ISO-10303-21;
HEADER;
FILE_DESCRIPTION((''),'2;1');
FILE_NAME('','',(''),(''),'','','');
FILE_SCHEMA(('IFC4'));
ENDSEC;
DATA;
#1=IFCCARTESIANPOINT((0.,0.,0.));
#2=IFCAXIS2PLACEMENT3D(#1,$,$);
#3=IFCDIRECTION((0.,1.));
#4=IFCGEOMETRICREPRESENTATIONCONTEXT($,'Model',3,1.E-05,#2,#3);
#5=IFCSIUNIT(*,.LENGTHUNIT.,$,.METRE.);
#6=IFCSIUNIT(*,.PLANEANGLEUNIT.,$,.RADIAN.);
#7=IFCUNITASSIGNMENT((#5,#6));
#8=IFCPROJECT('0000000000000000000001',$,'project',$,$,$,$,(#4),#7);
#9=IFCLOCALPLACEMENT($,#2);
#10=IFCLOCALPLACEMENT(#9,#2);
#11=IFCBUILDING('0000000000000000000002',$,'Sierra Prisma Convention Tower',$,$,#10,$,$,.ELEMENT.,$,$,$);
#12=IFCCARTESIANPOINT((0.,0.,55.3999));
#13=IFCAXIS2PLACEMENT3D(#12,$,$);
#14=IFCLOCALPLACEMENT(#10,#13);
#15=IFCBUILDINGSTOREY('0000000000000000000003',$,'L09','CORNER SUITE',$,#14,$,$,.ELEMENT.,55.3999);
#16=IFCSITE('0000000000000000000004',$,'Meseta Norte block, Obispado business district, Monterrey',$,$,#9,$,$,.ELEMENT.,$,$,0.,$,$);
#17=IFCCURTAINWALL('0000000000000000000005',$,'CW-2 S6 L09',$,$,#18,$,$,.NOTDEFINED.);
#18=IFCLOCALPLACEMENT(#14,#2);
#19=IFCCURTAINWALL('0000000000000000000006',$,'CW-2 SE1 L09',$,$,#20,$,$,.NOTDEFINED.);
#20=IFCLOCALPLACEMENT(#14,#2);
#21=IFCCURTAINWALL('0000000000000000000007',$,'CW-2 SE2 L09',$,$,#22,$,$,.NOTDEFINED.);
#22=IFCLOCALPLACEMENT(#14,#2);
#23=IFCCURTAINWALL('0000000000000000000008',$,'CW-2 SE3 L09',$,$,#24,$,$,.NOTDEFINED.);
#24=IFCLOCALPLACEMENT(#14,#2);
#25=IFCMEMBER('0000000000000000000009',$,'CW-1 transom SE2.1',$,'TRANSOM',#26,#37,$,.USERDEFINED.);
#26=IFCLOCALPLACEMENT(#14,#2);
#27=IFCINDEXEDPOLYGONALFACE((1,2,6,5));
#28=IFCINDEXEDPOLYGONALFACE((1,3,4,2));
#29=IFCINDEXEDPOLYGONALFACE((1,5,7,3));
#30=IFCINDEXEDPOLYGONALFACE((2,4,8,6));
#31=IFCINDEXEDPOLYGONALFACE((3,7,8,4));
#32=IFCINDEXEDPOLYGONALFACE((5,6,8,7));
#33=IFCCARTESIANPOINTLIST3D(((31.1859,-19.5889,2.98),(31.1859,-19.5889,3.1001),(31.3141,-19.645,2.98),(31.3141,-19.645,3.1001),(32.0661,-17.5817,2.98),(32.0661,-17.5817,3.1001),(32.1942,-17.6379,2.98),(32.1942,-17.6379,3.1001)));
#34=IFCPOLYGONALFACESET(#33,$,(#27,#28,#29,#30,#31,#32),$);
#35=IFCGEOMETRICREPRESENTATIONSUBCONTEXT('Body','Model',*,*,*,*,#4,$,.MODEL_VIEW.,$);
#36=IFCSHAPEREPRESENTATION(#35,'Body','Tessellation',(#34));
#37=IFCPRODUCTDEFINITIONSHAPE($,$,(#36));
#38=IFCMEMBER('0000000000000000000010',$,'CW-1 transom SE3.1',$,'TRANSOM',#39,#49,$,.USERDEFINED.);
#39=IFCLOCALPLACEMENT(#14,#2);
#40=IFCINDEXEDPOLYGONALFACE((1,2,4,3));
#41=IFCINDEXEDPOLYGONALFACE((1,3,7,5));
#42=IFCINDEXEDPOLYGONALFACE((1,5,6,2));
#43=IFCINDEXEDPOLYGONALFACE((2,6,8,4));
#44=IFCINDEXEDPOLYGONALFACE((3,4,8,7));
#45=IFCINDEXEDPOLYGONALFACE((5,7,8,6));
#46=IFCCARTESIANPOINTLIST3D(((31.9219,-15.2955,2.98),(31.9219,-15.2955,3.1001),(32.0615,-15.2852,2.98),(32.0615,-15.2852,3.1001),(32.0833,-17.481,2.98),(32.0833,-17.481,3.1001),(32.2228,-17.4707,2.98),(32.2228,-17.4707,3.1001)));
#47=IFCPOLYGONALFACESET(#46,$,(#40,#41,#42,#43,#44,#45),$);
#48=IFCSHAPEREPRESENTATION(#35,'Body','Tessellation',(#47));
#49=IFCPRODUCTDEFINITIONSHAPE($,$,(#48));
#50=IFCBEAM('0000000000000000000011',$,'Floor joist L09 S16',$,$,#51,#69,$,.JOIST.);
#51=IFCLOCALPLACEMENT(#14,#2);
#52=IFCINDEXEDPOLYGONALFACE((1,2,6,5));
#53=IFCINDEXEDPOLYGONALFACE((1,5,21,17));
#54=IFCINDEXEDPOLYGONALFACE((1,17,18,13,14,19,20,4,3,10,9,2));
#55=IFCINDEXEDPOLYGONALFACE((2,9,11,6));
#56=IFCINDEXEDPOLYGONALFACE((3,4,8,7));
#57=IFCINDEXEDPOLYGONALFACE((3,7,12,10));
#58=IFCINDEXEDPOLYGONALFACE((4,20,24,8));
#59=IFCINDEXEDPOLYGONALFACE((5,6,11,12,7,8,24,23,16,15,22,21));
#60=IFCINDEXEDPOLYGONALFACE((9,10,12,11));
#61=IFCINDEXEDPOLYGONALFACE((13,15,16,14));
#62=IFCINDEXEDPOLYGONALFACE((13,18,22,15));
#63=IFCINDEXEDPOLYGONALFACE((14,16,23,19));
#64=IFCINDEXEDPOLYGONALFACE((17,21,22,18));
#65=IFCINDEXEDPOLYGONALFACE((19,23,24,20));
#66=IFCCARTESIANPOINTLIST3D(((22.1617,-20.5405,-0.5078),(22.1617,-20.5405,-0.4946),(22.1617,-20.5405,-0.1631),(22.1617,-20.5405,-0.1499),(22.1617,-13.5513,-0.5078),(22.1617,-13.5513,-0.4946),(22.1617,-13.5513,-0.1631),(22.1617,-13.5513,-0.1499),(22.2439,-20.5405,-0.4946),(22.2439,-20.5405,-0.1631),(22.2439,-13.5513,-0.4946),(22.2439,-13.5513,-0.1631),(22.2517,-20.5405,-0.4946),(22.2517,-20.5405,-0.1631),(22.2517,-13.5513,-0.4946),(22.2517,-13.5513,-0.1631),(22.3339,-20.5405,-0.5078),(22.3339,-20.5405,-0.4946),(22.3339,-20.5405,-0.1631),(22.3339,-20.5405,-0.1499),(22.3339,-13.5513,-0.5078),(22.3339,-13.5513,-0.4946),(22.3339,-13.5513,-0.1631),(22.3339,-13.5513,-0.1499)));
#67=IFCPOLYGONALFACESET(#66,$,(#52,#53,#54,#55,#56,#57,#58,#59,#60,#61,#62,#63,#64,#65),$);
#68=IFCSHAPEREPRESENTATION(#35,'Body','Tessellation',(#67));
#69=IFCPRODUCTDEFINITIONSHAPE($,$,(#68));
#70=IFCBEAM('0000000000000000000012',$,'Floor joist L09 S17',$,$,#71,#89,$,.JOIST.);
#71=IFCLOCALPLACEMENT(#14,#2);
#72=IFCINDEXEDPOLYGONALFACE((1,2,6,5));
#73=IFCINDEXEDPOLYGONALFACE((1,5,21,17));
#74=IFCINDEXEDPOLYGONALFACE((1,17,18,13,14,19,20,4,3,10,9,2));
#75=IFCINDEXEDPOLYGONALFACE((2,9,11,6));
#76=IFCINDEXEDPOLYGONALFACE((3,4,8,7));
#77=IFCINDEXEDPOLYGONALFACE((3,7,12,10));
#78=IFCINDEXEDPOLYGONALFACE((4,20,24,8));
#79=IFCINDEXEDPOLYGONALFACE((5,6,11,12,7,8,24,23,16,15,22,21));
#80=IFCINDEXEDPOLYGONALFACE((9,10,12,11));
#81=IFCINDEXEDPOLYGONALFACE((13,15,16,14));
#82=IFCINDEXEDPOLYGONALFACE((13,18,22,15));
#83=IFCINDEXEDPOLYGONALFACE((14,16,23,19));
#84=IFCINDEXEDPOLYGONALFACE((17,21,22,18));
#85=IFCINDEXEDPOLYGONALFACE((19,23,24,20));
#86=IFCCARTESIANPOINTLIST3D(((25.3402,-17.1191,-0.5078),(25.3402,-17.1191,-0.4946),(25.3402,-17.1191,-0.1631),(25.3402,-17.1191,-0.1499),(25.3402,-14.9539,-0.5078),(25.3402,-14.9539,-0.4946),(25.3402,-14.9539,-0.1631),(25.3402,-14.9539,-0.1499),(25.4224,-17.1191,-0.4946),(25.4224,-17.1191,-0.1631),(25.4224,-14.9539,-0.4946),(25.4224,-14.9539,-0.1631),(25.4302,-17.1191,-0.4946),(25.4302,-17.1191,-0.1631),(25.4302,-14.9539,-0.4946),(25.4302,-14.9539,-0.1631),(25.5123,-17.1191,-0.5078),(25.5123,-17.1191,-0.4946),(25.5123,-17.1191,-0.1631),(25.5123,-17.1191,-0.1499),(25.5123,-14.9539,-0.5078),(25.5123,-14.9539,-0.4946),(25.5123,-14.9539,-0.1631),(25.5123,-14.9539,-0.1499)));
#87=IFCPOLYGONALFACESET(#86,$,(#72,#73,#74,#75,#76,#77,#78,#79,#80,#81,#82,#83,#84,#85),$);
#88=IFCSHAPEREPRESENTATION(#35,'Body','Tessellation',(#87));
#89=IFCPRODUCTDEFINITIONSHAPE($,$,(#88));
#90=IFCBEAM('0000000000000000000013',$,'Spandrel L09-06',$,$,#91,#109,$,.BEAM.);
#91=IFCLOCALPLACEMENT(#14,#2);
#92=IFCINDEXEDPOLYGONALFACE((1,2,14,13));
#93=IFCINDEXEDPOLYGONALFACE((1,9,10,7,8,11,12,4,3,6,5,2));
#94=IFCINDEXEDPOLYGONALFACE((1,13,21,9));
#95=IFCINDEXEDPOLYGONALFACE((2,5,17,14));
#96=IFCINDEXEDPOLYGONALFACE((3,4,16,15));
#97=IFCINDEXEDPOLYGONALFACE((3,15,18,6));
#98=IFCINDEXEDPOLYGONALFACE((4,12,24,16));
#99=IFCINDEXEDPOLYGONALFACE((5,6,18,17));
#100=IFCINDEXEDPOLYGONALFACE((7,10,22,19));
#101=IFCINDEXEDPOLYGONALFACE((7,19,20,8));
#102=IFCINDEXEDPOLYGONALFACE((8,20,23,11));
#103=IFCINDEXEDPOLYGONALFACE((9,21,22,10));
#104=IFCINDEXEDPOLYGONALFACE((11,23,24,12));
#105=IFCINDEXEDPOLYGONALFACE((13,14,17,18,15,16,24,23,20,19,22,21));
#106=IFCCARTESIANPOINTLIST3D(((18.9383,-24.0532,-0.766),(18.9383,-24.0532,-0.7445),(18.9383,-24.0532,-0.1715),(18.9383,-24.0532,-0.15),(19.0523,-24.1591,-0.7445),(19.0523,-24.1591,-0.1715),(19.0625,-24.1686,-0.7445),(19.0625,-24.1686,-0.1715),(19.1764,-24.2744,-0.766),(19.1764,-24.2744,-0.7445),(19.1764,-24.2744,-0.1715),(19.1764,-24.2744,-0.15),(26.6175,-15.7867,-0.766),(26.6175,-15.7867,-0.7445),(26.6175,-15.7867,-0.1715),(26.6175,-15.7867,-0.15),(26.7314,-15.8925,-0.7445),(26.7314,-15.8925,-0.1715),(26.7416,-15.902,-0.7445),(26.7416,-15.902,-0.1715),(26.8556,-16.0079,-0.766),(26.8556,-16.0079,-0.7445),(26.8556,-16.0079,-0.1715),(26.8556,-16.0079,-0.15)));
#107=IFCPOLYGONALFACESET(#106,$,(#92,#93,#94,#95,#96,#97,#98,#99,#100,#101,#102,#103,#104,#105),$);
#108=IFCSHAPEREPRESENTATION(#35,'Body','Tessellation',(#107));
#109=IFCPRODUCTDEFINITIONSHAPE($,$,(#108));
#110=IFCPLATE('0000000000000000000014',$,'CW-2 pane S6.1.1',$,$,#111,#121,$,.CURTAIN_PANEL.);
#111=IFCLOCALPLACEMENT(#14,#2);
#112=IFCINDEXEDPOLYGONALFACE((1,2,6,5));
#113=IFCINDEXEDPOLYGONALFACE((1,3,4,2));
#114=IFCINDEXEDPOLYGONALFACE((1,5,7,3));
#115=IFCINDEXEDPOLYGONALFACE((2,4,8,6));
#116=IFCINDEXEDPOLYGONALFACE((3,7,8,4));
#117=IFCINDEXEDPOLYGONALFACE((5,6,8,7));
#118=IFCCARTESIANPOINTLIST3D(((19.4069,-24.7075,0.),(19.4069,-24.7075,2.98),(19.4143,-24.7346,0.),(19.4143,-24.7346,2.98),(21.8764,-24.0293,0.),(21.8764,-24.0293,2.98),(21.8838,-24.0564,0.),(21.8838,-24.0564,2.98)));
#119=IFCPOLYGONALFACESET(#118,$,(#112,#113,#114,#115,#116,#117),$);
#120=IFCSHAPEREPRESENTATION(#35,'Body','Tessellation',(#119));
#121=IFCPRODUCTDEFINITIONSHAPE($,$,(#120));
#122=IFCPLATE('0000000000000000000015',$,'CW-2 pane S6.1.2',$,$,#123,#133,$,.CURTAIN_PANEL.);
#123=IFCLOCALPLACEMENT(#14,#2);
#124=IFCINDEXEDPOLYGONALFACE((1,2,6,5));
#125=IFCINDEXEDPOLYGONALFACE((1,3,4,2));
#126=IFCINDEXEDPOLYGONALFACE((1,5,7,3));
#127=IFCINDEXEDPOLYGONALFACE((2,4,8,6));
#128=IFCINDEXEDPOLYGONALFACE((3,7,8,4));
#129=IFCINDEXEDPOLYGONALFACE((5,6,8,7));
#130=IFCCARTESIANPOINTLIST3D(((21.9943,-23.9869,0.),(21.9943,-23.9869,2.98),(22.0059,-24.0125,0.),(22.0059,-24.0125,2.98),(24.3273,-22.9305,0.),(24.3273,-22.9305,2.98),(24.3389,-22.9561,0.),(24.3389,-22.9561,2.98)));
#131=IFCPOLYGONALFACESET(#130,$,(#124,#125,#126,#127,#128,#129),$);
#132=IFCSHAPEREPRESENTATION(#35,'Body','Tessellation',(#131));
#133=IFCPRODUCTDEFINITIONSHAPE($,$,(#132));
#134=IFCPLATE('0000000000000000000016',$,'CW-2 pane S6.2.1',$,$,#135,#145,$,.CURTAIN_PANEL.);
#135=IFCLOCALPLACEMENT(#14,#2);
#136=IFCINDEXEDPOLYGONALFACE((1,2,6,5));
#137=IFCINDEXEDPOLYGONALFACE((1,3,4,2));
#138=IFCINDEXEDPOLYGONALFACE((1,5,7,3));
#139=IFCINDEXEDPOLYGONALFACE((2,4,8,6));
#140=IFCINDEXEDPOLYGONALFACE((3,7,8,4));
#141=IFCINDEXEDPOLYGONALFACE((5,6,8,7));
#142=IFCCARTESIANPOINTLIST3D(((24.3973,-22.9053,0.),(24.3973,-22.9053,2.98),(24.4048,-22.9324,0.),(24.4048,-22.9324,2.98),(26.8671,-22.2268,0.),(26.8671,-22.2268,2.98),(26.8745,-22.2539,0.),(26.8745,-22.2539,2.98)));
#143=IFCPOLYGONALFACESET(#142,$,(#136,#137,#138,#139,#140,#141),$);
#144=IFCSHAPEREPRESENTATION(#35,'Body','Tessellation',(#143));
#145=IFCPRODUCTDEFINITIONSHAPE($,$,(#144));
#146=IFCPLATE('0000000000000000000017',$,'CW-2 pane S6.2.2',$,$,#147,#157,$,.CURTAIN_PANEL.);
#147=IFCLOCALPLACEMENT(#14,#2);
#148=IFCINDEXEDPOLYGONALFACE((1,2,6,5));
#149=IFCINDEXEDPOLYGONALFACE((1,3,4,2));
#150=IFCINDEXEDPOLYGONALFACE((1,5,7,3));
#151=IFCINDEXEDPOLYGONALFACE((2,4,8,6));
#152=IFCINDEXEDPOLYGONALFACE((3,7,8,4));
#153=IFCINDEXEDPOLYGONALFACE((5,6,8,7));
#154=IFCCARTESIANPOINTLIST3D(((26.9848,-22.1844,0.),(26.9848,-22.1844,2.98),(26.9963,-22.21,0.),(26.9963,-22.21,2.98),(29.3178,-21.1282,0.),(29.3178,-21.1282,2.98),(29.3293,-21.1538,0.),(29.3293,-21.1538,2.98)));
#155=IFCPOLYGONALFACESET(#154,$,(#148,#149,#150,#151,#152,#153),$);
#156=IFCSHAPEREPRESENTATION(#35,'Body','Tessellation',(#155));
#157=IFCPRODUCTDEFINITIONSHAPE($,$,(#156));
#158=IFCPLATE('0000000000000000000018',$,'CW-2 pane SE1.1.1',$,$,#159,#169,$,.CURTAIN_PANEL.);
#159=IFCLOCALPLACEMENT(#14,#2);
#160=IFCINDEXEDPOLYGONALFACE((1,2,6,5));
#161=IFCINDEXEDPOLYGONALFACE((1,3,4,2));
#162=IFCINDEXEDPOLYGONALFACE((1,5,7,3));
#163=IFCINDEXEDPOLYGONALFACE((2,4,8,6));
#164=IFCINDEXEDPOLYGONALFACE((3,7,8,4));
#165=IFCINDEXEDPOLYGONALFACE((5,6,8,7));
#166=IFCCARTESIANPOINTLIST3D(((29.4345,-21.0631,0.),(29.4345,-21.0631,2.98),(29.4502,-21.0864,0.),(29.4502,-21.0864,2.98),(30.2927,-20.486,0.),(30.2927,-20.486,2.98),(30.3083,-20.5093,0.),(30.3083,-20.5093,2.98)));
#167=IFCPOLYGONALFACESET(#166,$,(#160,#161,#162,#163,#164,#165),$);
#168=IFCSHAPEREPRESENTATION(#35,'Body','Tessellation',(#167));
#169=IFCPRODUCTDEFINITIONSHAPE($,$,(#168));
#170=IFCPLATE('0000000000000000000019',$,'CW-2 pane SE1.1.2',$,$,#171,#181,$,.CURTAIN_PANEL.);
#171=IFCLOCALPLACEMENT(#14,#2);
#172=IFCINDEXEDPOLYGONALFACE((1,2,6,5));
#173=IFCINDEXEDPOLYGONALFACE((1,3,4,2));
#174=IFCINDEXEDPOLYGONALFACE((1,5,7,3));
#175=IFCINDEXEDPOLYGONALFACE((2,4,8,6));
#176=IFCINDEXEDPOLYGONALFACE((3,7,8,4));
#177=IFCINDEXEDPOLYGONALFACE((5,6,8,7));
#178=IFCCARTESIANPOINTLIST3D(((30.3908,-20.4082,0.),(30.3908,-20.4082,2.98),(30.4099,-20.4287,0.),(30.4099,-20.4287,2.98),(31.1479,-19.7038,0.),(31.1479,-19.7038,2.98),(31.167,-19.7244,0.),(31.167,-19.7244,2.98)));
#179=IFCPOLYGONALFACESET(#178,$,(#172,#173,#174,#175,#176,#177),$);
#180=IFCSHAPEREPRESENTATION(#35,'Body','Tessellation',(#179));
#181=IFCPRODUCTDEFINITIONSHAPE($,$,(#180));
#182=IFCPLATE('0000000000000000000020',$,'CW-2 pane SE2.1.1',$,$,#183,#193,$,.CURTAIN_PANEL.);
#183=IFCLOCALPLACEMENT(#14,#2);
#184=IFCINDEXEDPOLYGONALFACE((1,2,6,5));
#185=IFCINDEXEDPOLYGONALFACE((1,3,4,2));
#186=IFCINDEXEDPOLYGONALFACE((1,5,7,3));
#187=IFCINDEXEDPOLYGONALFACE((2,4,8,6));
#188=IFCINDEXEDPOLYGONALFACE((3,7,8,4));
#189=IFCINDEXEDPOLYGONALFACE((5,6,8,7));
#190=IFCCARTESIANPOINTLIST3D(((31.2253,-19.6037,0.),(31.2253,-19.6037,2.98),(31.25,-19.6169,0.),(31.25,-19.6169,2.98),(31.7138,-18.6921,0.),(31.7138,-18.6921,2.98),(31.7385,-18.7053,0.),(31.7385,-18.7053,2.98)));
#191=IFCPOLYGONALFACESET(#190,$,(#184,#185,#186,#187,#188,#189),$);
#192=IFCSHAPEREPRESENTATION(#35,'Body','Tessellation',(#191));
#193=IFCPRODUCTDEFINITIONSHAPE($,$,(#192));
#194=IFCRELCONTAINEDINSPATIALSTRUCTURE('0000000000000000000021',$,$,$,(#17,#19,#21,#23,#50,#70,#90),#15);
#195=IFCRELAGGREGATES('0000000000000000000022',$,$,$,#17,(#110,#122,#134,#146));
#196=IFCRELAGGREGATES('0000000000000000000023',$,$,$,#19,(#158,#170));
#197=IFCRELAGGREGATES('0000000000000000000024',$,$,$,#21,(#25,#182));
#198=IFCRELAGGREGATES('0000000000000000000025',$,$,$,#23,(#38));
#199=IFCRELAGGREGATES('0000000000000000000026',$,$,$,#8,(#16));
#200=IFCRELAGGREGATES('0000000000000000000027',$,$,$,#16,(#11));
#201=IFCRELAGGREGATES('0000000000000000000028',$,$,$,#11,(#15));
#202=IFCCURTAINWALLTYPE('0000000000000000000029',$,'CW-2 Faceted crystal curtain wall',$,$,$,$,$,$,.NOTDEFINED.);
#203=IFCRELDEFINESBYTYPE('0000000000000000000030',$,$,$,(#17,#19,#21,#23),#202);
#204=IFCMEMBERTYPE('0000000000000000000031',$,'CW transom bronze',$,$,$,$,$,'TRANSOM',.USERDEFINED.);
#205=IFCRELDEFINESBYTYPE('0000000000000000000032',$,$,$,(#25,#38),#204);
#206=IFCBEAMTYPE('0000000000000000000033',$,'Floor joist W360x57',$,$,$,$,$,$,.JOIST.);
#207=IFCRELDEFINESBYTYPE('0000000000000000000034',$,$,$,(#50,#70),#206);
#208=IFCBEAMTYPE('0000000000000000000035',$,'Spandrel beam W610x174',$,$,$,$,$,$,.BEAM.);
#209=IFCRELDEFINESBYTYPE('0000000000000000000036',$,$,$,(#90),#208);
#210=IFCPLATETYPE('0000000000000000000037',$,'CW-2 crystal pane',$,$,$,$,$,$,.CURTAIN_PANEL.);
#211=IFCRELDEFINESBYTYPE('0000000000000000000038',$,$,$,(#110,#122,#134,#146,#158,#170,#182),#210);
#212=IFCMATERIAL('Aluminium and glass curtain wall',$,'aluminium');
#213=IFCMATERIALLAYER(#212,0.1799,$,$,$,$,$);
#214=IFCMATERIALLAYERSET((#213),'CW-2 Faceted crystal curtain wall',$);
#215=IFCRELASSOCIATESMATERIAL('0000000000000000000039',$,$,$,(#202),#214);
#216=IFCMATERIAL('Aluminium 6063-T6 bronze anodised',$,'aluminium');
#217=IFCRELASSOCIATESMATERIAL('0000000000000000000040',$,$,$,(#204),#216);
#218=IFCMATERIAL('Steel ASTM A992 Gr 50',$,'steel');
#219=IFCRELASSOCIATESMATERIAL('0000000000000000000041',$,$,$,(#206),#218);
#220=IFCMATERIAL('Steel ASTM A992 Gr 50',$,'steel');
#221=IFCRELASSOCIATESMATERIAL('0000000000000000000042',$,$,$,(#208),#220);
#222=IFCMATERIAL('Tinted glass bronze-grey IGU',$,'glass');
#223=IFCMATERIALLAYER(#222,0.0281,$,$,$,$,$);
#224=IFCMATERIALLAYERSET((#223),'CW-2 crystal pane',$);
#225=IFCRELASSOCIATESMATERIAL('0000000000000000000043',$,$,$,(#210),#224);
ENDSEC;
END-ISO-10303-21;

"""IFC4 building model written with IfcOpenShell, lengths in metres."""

from ifc_helpers import new_model, si_unit, direction, frame, origin, origin_2d, place, context, subcontext, project, spatial, polyline, rectangle, i_section, outline, extrude, material, layer, layer_set, material_profile, profile_set, type_object, element, aggregate, save


model = new_model("IFC4")

# Units and contexts
model_context = context("Model", 3, precision=1e-05, world=origin(), true_north=direction((0.0, 1.0)))
body_context = subcontext(model_context, "Body", "Model", "MODEL_VIEW")
ifc_project = project(units=[si_unit("LENGTHUNIT", "METRE"), si_unit("PLANEANGLEUNIT", "RADIAN")], contexts=[model_context])

# Site, building, storey
site_placement = place(None, origin())
site = spatial("IfcSite", under=ifc_project, at=site_placement, Name="Meseta Norte block, Obispado business district, Monterrey", CompositionType="ELEMENT", RefElevation=0.0)
building_placement = place(site_placement, origin())
building = spatial("IfcBuilding", under=site, at=building_placement, Name="Sierra Prisma Convention Tower", CompositionType="ELEMENT")
storey_placement = place(building_placement, frame((0.0, 0.0, 55.3999)))
storey = spatial("IfcBuildingStorey", under=building, at=storey_placement, Name="L09", Description="CORNER SUITE", CompositionType="ELEMENT", Elevation=55.3999)

# Curtain wall
ifc_material_1 = material(Name="Aluminium and glass curtain wall", Category="aluminium")
ifc_layer_1 = layer(ifc_material_1, 0.1799)
ifc_layer_set_1 = layer_set([ifc_layer_1], Name="CW-2 Faceted crystal curtain wall")
curtain_wall_type = type_object("IfcCurtainWallType", Name="CW-2 Faceted crystal curtain wall", PredefinedType="NOTDEFINED", material=ifc_layer_set_1)
curtain_wall_1_placement = place(storey_placement, origin())
curtain_wall_1 = element("IfcCurtainWall", 1, at=curtain_wall_1_placement, inside=storey, type_object=curtain_wall_type, Name="CW-2 S6 L09", PredefinedType="NOTDEFINED")

# Curtain walls
curtain_wall_2_placement = place(storey_placement, origin())
curtain_wall_2 = element("IfcCurtainWall", 2, at=curtain_wall_2_placement, inside=storey, type_object=curtain_wall_type, Name="CW-2 SE1 L09", PredefinedType="NOTDEFINED")
curtain_wall_3_placement = place(storey_placement, origin())
curtain_wall_3 = element("IfcCurtainWall", 3, at=curtain_wall_3_placement, inside=storey, type_object=curtain_wall_type, Name="CW-2 SE2 L09", PredefinedType="NOTDEFINED")
curtain_wall_4_placement = place(storey_placement, origin())
curtain_wall_4 = element("IfcCurtainWall", 4, at=curtain_wall_4_placement, inside=storey, type_object=curtain_wall_type, Name="CW-2 SE3 L09", PredefinedType="NOTDEFINED")

# Members
ifc_material_2 = material(Name="Aluminium 6063-T6 bronze anodised", Category="aluminium")
ifc_material_profile_1 = material_profile(ifc_material_2, rectangle(XDim=0.1399, YDim=0.1201, at=origin_2d()), Name="ALU TRANSOM 120x140")
ifc_profile_set_1 = profile_set([ifc_material_profile_1], Name="Aluminium 6063-T6 bronze anodised")
member_type_1 = type_object("IfcMemberType", Name="CW transom bronze", ElementType="TRANSOM", PredefinedType="USERDEFINED", material=ifc_profile_set_1)
member_1_placement = place(storey_placement, frame((31.25, -19.6169, 3.04), z_axis=(0.401596, 0.915817, 0.0), x_axis=(-0.915817, 0.401596, 0.0)))
member_1 = element("IfcMember", 5, at=member_1_placement, type_object=member_type_1, Name="CW-1 transom SE2.1", ObjectType="TRANSOM", PredefinedType="USERDEFINED", context=body_context, shape_type="SweptSolid", body=[
    extrude(rectangle(XDim=0.1399, YDim=0.1201, at=origin_2d()), origin(), (0.0, 0.0, 1.0), 2.1917),
])
member_2_placement = place(storey_placement, frame((32.1531, -17.4758, 3.04), z_axis=(-0.073638, 0.997285, 0.0), x_axis=(-0.997285, -0.073638, 0.0)))
member_2 = element("IfcMember", 6, at=member_2_placement, type_object=member_type_1, Name="CW-1 transom SE3.1", ObjectType="TRANSOM", PredefinedType="USERDEFINED", context=body_context, shape_type="SweptSolid", body=[
    extrude(rectangle(XDim=0.1399, YDim=0.1201, at=origin_2d()), origin(), (0.0, 0.0, 1.0), 2.1914),
])

# Beams
ifc_material_3 = material(Name="Steel ASTM A992 Gr 50", Category="steel")
ifc_material_profile_2 = material_profile(ifc_material_3, i_section(OverallWidth=0.1721, OverallDepth=0.3579, WebThickness=0.0078, FlangeThickness=0.0132, at=origin_2d()), Name="W360x57")
ifc_profile_set_2 = profile_set([ifc_material_profile_2], Name="Steel ASTM A992 Gr 50")
beam_type_1 = type_object("IfcBeamType", Name="Floor joist W360x57", PredefinedType="JOIST", material=ifc_profile_set_2)
beam_1_placement = place(storey_placement, frame((22.2478, -20.5405, -0.3289), z_axis=(0.0, 1.0, 0.0), x_axis=(-1.0, 0.0, 0.0)))
element("IfcBeam", 7, at=beam_1_placement, inside=storey, type_object=beam_type_1, Name="Floor joist L09 S16", PredefinedType="JOIST", context=body_context, shape_type="SweptSolid", body=[
    extrude(i_section(OverallWidth=0.1721, OverallDepth=0.3579, WebThickness=0.0078, FlangeThickness=0.0132, at=origin_2d()), origin(), (0.0, 0.0, 1.0), 6.9893),
])
beam_2_placement = place(storey_placement, frame((25.4263, -17.1191, -0.3289), z_axis=(0.0, 1.0, 0.0), x_axis=(-1.0, 0.0, 0.0)))
element("IfcBeam", 8, at=beam_2_placement, inside=storey, type_object=beam_type_1, Name="Floor joist L09 S17", PredefinedType="JOIST", context=body_context, shape_type="SweptSolid", body=[
    extrude(i_section(OverallWidth=0.1721, OverallDepth=0.3579, WebThickness=0.0078, FlangeThickness=0.0132, at=origin_2d()), origin(), (0.0, 0.0, 1.0), 2.1653),
])
ifc_material_4 = material(Name="Steel ASTM A992 Gr 50", Category="steel")
ifc_material_profile_3 = material_profile(ifc_material_4, i_section(OverallWidth=0.325, OverallDepth=0.616, WebThickness=0.0139, FlangeThickness=0.0215, at=origin_2d()), Name="W610x174")
ifc_profile_set_3 = profile_set([ifc_material_profile_3], Name="Steel ASTM A992 Gr 50")
beam_type_2 = type_object("IfcBeamType", Name="Spandrel beam W610x174", PredefinedType="BEAM", material=ifc_profile_set_3)
beam_3_placement = place(storey_placement, frame((19.0574, -24.1638, -0.458), z_axis=(0.680597, 0.732658, 0.0), x_axis=(-0.732658, 0.680597, 0.0)))
element("IfcBeam", 9, at=beam_3_placement, inside=storey, type_object=beam_type_2, Name="Spandrel L09-06", PredefinedType="BEAM", context=body_context, shape_type="SweptSolid", body=[
    extrude(i_section(OverallWidth=0.325, OverallDepth=0.616, WebThickness=0.0139, FlangeThickness=0.0215, at=origin_2d()), origin(), (0.0, 0.0, 1.0), 11.283),
])

# Plates
ifc_material_5 = material(Name="Tinted glass bronze-grey IGU", Category="glass")
ifc_layer_2 = layer(ifc_material_5, 0.0281)
ifc_layer_set_2 = layer_set([ifc_layer_2], Name="CW-2 crystal pane")
plate_type = type_object("IfcPlateType", Name="CW-2 crystal pane", PredefinedType="CURTAIN_PANEL", material=ifc_layer_set_2)
plate_1_placement = place(storey_placement, frame((19.4143, -24.7346, 0.0), z_axis=(0.264835, -0.964294, 0.0), x_axis=(0.964294, 0.264835, 0.0)))
plate_1 = element("IfcPlate", 10, at=plate_1_placement, type_object=plate_type, Name="CW-2 pane S6.1.1", PredefinedType="CURTAIN_PANEL", context=body_context, shape_type="SweptSolid", body=[
    extrude(outline(polyline([(0.0, 0.0), (2.5609, 0.0), (2.5609, 2.98), (0.0, 2.98), (0.0, 0.0)])), origin(), (0.0, 0.0, -1.0), 0.0281),
])
plate_2_placement = place(storey_placement, frame((24.3389, -22.9561, 0.0), z_axis=(0.412488, -0.910963, 0.0), x_axis=(-0.910963, -0.412488, 0.0)))
plate_2 = element("IfcPlate", 11, at=plate_2_placement, type_object=plate_type, Name="CW-2 pane S6.1.2", PredefinedType="CURTAIN_PANEL", context=body_context, shape_type="SweptSolid", body=[
    extrude(outline(polyline([(0.0, 0.0), (2.561, 0.0), (2.561, -2.98), (0.0, -2.98), (0.0, 0.0)])), origin(), (0.0, 0.0, -1.0), 0.0281),
])
plate_3_placement = place(storey_placement, frame((24.4048, -22.9324, 0.0), z_axis=(0.264899, -0.964276, 0.0), x_axis=(0.964276, 0.264899, 0.0)))
plate_3 = element("IfcPlate", 12, at=plate_3_placement, type_object=plate_type, Name="CW-2 pane S6.2.1", PredefinedType="CURTAIN_PANEL", context=body_context, shape_type="SweptSolid", body=[
    extrude(outline(polyline([(0.0, 0.0), (2.5612, 0.0), (2.5612, 2.98), (0.0, 2.98), (0.0, 0.0)])), origin(), (0.0, 0.0, -1.0), 0.0281),
])
plate_4_placement = place(storey_placement, frame((29.3293, -21.1538, 0.0), z_axis=(0.412409, -0.910999, 0.0), x_axis=(-0.910999, -0.412409, 0.0)))
plate_4 = element("IfcPlate", 13, at=plate_4_placement, type_object=plate_type, Name="CW-2 pane S6.2.2", PredefinedType="CURTAIN_PANEL", context=body_context, shape_type="SweptSolid", body=[
    extrude(outline(polyline([(0.0, 0.0), (2.5609, 0.0), (2.5609, -2.98), (0.0, -2.98), (0.0, 0.0)])), origin(), (0.0, 0.0, -1.0), 0.0281),
])
aggregate(curtain_wall_1, [plate_1, plate_2, plate_3, plate_4])
plate_5_placement = place(storey_placement, frame((29.4502, -21.0864, 0.0), z_axis=(0.558073, -0.829792, 0.0), x_axis=(0.829792, 0.558073, 0.0)))
plate_5 = element("IfcPlate", 14, at=plate_5_placement, type_object=plate_type, Name="CW-2 pane SE1.1.1", PredefinedType="CURTAIN_PANEL", context=body_context, shape_type="SweptSolid", body=[
    extrude(outline(polyline([(0.0, 0.0), (1.0342, 0.0), (1.0342, 2.98), (0.0, 2.98), (0.0, 0.0)])), origin(), (0.0, 0.0, -1.0), 0.0281),
])
plate_6_placement = place(storey_placement, frame((31.167, -19.7244, 0.0), z_axis=(0.681148, -0.732146, 0.0), x_axis=(-0.732146, -0.681148, 0.0)))
plate_6 = element("IfcPlate", 15, at=plate_6_placement, type_object=plate_type, Name="CW-2 pane SE1.1.2", PredefinedType="CURTAIN_PANEL", context=body_context, shape_type="SweptSolid", body=[
    extrude(outline(polyline([(0.0, 0.0), (1.0341, 0.0), (1.0341, -2.98), (0.0, -2.98), (0.0, 0.0)])), origin(), (0.0, 0.0, -1.0), 0.0281),
])
aggregate(curtain_wall_2, [plate_5, plate_6])
plate_7_placement = place(storey_placement, frame((31.25, -19.6169, 0.0), z_axis=(0.881417, -0.472339, 0.0), x_axis=(0.472339, 0.881417, 0.0)))
plate_7 = element("IfcPlate", 16, at=plate_7_placement, type_object=plate_type, Name="CW-2 pane SE2.1.1", PredefinedType="CURTAIN_PANEL", context=body_context, shape_type="SweptSolid", body=[
    extrude(outline(polyline([(0.0, 0.0), (1.0343, 0.0), (1.0343, 2.98), (0.0, 2.98), (0.0, 0.0)])), origin(), (0.0, 0.0, -1.0), 0.0281),
])
aggregate(curtain_wall_3, [member_1, plate_7])
aggregate(curtain_wall_4, [member_2])

save(model, "model.ifc")
